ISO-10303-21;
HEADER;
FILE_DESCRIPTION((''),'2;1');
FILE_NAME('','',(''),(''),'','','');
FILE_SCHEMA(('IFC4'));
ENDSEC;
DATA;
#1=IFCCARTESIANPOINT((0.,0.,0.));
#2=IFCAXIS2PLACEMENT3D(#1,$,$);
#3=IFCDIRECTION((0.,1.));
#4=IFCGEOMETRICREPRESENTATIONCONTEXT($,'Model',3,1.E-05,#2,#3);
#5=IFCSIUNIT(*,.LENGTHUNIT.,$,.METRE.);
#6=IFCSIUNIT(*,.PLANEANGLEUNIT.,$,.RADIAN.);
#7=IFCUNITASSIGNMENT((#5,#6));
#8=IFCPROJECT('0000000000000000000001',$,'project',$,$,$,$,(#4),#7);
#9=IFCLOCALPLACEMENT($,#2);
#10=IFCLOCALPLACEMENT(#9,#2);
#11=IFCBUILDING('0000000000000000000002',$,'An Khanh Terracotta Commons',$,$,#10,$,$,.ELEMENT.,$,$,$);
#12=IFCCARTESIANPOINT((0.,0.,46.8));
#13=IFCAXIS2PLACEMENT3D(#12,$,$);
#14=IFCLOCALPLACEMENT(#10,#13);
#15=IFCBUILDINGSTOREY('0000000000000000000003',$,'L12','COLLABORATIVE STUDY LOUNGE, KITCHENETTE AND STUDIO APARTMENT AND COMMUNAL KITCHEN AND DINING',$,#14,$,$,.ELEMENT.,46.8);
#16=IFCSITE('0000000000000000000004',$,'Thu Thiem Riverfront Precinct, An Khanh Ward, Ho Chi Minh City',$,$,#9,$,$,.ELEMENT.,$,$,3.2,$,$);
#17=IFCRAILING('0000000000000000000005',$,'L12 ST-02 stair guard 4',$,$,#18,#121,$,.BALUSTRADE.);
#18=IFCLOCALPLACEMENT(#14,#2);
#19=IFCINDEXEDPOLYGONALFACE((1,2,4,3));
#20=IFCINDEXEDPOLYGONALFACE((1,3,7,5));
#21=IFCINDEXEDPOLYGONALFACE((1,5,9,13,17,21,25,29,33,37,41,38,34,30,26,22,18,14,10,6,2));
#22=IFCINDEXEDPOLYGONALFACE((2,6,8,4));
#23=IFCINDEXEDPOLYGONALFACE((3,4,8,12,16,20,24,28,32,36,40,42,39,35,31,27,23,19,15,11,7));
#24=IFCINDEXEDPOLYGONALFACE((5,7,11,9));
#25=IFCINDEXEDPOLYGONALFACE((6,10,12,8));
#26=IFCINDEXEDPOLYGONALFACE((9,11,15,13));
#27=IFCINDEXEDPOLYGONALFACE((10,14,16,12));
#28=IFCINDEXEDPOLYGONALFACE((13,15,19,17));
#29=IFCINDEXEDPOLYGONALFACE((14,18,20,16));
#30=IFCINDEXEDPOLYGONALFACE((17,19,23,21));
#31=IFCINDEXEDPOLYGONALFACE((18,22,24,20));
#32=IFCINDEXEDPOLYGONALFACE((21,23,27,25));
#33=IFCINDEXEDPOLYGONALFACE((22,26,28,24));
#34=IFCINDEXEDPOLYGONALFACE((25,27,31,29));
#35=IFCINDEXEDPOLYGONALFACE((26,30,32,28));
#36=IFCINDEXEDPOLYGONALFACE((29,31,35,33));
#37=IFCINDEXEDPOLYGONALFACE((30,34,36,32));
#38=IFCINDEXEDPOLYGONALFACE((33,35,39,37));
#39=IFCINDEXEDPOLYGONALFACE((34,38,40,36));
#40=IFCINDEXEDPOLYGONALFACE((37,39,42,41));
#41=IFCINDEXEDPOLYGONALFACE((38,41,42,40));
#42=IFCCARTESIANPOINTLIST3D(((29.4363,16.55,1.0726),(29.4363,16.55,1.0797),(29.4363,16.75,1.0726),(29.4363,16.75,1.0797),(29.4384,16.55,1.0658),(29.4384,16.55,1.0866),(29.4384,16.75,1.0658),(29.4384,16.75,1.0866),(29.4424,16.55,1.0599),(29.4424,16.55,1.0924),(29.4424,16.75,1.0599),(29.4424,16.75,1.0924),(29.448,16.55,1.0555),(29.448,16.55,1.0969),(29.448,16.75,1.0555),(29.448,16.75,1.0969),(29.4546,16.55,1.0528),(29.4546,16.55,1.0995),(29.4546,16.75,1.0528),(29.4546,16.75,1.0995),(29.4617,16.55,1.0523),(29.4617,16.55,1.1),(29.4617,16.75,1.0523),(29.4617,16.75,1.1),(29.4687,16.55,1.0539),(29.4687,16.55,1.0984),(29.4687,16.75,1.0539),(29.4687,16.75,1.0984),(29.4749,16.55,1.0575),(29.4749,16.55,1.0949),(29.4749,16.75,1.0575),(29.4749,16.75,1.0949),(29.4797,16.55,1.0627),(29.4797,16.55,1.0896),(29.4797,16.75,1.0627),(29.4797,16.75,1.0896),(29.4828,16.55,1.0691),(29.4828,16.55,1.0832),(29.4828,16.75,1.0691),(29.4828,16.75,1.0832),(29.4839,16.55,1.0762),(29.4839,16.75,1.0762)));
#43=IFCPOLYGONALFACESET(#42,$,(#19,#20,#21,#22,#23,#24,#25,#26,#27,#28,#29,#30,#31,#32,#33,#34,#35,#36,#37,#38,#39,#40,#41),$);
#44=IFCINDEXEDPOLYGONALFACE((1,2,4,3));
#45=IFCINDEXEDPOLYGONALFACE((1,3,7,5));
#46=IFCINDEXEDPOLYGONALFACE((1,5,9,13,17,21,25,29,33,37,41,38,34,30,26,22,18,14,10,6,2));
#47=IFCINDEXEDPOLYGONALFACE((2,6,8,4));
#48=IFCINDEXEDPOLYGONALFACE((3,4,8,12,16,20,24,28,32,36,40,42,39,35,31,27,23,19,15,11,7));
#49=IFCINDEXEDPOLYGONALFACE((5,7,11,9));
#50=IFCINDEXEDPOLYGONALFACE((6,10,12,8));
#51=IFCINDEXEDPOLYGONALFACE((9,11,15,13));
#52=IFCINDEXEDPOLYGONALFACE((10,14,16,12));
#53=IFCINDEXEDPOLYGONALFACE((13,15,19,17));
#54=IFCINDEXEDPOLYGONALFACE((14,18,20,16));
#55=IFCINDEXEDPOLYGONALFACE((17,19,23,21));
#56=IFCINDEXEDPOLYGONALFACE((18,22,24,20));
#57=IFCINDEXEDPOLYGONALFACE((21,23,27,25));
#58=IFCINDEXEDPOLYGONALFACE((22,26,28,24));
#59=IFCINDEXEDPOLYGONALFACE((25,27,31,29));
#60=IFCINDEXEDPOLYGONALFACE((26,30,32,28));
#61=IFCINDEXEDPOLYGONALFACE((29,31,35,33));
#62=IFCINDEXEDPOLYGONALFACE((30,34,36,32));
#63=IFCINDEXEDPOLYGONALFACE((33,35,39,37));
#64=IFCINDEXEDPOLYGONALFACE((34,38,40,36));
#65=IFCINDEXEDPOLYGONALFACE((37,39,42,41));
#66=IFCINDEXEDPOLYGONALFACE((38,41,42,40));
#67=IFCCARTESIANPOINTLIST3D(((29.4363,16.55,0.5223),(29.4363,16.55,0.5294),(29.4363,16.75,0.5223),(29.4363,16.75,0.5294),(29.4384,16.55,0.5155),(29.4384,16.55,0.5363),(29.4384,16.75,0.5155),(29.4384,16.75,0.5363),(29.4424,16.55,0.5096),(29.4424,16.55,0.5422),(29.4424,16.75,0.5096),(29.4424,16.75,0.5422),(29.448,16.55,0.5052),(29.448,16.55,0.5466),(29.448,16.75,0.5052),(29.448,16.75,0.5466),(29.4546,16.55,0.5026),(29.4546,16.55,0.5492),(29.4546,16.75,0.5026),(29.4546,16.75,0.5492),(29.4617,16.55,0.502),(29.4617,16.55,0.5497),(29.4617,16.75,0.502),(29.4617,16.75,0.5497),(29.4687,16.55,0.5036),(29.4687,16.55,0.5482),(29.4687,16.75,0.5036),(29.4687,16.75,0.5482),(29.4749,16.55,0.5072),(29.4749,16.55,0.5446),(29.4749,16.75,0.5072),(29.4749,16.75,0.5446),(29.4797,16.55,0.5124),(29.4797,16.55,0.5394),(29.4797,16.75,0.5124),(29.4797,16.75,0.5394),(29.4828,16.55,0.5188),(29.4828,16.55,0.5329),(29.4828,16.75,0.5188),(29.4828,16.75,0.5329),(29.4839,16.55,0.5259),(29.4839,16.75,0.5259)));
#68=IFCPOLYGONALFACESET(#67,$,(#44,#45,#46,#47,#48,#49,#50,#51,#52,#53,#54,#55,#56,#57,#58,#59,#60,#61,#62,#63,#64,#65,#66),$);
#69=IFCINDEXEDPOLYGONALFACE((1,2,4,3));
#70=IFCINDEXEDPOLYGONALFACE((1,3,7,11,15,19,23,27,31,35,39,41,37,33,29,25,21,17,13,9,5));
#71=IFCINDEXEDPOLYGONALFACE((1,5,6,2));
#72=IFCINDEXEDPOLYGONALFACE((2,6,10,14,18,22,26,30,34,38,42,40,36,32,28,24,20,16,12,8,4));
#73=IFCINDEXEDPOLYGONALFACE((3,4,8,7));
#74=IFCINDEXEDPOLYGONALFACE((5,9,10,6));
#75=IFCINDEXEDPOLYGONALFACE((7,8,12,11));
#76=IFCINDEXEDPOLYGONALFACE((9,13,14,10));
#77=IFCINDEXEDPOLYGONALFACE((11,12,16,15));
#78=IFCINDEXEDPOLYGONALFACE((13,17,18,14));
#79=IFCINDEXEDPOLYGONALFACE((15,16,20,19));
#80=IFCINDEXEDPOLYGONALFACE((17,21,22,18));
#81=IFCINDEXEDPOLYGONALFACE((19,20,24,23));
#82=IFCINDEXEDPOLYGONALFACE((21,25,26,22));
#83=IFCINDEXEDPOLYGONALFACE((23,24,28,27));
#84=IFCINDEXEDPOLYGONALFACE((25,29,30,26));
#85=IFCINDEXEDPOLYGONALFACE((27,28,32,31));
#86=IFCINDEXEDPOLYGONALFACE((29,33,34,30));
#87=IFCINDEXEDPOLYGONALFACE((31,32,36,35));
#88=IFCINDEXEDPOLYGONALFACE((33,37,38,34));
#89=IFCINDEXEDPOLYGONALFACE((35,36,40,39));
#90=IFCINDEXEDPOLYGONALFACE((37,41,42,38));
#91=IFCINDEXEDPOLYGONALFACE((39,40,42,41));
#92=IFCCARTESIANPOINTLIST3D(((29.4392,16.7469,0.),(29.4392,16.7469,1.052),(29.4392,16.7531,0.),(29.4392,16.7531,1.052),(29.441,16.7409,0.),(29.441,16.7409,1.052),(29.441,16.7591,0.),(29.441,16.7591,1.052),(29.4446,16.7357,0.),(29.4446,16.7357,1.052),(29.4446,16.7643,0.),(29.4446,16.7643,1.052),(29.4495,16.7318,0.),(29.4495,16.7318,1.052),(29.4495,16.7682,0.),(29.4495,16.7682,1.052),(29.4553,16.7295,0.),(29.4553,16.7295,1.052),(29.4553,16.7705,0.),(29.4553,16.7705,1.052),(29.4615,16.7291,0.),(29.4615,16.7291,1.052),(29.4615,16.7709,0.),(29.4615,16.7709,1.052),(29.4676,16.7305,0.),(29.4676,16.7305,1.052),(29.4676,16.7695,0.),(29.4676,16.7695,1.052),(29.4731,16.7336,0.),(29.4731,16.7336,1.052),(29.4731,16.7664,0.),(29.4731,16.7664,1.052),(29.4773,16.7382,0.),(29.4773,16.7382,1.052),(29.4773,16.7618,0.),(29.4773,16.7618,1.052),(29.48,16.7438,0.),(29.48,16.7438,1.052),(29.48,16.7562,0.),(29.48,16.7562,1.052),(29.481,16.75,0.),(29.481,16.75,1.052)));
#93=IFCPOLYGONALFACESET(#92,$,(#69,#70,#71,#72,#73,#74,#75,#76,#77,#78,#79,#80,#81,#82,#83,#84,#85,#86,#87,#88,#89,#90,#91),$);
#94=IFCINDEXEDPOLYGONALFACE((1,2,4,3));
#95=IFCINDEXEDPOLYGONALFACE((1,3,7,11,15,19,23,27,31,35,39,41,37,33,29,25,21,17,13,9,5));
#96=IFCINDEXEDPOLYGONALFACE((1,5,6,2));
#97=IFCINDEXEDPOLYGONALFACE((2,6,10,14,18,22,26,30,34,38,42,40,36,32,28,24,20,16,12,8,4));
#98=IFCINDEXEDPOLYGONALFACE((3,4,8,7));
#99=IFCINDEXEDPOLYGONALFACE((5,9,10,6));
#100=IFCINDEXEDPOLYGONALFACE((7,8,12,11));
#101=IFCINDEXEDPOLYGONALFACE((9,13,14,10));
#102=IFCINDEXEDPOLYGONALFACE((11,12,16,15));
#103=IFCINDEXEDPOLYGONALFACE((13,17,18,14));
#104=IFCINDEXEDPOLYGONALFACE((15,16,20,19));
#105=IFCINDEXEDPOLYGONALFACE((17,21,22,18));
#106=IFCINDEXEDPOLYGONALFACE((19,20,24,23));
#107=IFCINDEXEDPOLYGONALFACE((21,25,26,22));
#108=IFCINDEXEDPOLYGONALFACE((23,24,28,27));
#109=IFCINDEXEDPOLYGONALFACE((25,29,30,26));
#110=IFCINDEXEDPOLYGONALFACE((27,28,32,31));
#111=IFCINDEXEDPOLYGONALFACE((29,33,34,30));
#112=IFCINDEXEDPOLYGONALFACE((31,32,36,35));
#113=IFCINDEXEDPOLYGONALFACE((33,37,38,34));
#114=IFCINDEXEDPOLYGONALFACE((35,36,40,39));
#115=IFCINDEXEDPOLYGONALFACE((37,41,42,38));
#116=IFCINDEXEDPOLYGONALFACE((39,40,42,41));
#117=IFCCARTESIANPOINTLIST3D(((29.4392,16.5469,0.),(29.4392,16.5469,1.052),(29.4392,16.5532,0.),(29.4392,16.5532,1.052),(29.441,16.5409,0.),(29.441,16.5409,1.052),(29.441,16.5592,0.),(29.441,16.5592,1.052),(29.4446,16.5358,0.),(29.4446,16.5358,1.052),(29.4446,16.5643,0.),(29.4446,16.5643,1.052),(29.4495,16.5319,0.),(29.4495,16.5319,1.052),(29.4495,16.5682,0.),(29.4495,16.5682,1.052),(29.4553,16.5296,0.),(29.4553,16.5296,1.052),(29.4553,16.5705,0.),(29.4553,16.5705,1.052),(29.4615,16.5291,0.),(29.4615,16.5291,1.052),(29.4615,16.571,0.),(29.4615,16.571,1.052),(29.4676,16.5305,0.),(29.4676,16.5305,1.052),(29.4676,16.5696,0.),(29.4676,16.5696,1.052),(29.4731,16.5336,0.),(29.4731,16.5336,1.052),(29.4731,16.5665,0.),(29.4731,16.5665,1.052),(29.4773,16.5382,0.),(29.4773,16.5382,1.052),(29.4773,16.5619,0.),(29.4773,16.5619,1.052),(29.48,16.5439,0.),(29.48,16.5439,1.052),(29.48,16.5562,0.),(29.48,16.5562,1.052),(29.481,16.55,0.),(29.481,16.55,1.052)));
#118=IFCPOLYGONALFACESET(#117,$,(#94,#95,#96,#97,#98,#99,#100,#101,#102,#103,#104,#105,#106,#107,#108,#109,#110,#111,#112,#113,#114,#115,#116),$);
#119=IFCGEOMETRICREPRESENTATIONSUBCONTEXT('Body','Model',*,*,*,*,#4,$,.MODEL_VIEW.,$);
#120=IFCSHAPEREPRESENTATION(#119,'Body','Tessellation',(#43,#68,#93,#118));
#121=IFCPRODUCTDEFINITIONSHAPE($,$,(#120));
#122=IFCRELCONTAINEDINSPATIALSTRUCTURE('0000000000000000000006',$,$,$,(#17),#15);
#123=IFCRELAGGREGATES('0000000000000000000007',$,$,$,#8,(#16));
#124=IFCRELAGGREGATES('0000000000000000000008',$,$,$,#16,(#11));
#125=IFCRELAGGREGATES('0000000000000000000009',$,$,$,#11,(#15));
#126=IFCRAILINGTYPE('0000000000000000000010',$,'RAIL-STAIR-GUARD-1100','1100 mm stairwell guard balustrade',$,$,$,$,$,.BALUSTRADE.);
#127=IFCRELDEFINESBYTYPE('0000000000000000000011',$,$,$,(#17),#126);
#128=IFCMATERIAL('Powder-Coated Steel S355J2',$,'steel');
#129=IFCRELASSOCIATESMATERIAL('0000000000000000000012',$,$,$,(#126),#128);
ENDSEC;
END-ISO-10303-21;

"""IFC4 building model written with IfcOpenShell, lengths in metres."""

from ifc_helpers import new_model, si_unit, direction, frame, origin, origin_2d, place, context, subcontext, project, spatial, circle, extrude, material, type_object, element, save


model = new_model("IFC4")

# Units and contexts
model_context = context("Model", 3, precision=1e-05, world=origin(), true_north=direction((0.0, 1.0)))
body_context = subcontext(model_context, "Body", "Model", "MODEL_VIEW")
ifc_project = project(units=[si_unit("LENGTHUNIT", "METRE"), si_unit("PLANEANGLEUNIT", "RADIAN")], contexts=[model_context])

# Site, building, storey
site_placement = place(None, origin())
site = spatial("IfcSite", under=ifc_project, at=site_placement, Name="Thu Thiem Riverfront Precinct, An Khanh Ward, Ho Chi Minh City", CompositionType="ELEMENT", RefElevation=3.2)
building_placement = place(site_placement, origin())
building = spatial("IfcBuilding", under=site, at=building_placement, Name="An Khanh Terracotta Commons", CompositionType="ELEMENT")
storey_placement = place(building_placement, frame((0.0, 0.0, 46.8)))
storey = spatial("IfcBuildingStorey", under=building, at=storey_placement, Name="L12", Description="COLLABORATIVE STUDY LOUNGE, KITCHENETTE AND STUDIO APARTMENT AND COMMUNAL KITCHEN AND DINING", CompositionType="ELEMENT", Elevation=46.8)

# Railing
ifc_material_1 = material(Name="Powder-Coated Steel S355J2", Category="steel")
railing_type_1 = type_object("IfcRailingType", Name="RAIL-STAIR-GUARD-1100", Description="1100 mm stairwell guard balustrade", PredefinedType="BALUSTRADE", material=ifc_material_1)
railing_1_placement = place(storey_placement, frame((29.46, 16.75, 0.0)))
element("IfcRailing", 1, at=railing_1_placement, inside=storey, type_object=railing_type_1, Name="L12 ST-02 stair guard 4", PredefinedType="BALUSTRADE", context=body_context, shape_type="SweptSolid", body=[
    extrude(circle(Radius=0.0239, at=origin_2d()), frame((0.0, 0.0, 1.0762), z_axis=(0.0, -1.0, 0.0), x_axis=(1.0, 0.0, 0.0)), (0.0, 0.0, 1.0), 0.2),
    extrude(circle(Radius=0.0239, at=origin_2d()), frame((0.0, 0.0, 0.5259), z_axis=(0.0, -1.0, 0.0), x_axis=(1.0, 0.0, 0.0)), (0.0, 0.0, 1.0), 0.2),
    extrude(circle(Radius=0.021, at=origin_2d()), origin(), (0.0, 0.0, 1.0), 1.052),
    extrude(circle(Radius=0.021, at=origin_2d()), frame((0.0, -0.2, 0.0)), (0.0, 0.0, 1.0), 1.052),
])

save(model, "model.ifc")
